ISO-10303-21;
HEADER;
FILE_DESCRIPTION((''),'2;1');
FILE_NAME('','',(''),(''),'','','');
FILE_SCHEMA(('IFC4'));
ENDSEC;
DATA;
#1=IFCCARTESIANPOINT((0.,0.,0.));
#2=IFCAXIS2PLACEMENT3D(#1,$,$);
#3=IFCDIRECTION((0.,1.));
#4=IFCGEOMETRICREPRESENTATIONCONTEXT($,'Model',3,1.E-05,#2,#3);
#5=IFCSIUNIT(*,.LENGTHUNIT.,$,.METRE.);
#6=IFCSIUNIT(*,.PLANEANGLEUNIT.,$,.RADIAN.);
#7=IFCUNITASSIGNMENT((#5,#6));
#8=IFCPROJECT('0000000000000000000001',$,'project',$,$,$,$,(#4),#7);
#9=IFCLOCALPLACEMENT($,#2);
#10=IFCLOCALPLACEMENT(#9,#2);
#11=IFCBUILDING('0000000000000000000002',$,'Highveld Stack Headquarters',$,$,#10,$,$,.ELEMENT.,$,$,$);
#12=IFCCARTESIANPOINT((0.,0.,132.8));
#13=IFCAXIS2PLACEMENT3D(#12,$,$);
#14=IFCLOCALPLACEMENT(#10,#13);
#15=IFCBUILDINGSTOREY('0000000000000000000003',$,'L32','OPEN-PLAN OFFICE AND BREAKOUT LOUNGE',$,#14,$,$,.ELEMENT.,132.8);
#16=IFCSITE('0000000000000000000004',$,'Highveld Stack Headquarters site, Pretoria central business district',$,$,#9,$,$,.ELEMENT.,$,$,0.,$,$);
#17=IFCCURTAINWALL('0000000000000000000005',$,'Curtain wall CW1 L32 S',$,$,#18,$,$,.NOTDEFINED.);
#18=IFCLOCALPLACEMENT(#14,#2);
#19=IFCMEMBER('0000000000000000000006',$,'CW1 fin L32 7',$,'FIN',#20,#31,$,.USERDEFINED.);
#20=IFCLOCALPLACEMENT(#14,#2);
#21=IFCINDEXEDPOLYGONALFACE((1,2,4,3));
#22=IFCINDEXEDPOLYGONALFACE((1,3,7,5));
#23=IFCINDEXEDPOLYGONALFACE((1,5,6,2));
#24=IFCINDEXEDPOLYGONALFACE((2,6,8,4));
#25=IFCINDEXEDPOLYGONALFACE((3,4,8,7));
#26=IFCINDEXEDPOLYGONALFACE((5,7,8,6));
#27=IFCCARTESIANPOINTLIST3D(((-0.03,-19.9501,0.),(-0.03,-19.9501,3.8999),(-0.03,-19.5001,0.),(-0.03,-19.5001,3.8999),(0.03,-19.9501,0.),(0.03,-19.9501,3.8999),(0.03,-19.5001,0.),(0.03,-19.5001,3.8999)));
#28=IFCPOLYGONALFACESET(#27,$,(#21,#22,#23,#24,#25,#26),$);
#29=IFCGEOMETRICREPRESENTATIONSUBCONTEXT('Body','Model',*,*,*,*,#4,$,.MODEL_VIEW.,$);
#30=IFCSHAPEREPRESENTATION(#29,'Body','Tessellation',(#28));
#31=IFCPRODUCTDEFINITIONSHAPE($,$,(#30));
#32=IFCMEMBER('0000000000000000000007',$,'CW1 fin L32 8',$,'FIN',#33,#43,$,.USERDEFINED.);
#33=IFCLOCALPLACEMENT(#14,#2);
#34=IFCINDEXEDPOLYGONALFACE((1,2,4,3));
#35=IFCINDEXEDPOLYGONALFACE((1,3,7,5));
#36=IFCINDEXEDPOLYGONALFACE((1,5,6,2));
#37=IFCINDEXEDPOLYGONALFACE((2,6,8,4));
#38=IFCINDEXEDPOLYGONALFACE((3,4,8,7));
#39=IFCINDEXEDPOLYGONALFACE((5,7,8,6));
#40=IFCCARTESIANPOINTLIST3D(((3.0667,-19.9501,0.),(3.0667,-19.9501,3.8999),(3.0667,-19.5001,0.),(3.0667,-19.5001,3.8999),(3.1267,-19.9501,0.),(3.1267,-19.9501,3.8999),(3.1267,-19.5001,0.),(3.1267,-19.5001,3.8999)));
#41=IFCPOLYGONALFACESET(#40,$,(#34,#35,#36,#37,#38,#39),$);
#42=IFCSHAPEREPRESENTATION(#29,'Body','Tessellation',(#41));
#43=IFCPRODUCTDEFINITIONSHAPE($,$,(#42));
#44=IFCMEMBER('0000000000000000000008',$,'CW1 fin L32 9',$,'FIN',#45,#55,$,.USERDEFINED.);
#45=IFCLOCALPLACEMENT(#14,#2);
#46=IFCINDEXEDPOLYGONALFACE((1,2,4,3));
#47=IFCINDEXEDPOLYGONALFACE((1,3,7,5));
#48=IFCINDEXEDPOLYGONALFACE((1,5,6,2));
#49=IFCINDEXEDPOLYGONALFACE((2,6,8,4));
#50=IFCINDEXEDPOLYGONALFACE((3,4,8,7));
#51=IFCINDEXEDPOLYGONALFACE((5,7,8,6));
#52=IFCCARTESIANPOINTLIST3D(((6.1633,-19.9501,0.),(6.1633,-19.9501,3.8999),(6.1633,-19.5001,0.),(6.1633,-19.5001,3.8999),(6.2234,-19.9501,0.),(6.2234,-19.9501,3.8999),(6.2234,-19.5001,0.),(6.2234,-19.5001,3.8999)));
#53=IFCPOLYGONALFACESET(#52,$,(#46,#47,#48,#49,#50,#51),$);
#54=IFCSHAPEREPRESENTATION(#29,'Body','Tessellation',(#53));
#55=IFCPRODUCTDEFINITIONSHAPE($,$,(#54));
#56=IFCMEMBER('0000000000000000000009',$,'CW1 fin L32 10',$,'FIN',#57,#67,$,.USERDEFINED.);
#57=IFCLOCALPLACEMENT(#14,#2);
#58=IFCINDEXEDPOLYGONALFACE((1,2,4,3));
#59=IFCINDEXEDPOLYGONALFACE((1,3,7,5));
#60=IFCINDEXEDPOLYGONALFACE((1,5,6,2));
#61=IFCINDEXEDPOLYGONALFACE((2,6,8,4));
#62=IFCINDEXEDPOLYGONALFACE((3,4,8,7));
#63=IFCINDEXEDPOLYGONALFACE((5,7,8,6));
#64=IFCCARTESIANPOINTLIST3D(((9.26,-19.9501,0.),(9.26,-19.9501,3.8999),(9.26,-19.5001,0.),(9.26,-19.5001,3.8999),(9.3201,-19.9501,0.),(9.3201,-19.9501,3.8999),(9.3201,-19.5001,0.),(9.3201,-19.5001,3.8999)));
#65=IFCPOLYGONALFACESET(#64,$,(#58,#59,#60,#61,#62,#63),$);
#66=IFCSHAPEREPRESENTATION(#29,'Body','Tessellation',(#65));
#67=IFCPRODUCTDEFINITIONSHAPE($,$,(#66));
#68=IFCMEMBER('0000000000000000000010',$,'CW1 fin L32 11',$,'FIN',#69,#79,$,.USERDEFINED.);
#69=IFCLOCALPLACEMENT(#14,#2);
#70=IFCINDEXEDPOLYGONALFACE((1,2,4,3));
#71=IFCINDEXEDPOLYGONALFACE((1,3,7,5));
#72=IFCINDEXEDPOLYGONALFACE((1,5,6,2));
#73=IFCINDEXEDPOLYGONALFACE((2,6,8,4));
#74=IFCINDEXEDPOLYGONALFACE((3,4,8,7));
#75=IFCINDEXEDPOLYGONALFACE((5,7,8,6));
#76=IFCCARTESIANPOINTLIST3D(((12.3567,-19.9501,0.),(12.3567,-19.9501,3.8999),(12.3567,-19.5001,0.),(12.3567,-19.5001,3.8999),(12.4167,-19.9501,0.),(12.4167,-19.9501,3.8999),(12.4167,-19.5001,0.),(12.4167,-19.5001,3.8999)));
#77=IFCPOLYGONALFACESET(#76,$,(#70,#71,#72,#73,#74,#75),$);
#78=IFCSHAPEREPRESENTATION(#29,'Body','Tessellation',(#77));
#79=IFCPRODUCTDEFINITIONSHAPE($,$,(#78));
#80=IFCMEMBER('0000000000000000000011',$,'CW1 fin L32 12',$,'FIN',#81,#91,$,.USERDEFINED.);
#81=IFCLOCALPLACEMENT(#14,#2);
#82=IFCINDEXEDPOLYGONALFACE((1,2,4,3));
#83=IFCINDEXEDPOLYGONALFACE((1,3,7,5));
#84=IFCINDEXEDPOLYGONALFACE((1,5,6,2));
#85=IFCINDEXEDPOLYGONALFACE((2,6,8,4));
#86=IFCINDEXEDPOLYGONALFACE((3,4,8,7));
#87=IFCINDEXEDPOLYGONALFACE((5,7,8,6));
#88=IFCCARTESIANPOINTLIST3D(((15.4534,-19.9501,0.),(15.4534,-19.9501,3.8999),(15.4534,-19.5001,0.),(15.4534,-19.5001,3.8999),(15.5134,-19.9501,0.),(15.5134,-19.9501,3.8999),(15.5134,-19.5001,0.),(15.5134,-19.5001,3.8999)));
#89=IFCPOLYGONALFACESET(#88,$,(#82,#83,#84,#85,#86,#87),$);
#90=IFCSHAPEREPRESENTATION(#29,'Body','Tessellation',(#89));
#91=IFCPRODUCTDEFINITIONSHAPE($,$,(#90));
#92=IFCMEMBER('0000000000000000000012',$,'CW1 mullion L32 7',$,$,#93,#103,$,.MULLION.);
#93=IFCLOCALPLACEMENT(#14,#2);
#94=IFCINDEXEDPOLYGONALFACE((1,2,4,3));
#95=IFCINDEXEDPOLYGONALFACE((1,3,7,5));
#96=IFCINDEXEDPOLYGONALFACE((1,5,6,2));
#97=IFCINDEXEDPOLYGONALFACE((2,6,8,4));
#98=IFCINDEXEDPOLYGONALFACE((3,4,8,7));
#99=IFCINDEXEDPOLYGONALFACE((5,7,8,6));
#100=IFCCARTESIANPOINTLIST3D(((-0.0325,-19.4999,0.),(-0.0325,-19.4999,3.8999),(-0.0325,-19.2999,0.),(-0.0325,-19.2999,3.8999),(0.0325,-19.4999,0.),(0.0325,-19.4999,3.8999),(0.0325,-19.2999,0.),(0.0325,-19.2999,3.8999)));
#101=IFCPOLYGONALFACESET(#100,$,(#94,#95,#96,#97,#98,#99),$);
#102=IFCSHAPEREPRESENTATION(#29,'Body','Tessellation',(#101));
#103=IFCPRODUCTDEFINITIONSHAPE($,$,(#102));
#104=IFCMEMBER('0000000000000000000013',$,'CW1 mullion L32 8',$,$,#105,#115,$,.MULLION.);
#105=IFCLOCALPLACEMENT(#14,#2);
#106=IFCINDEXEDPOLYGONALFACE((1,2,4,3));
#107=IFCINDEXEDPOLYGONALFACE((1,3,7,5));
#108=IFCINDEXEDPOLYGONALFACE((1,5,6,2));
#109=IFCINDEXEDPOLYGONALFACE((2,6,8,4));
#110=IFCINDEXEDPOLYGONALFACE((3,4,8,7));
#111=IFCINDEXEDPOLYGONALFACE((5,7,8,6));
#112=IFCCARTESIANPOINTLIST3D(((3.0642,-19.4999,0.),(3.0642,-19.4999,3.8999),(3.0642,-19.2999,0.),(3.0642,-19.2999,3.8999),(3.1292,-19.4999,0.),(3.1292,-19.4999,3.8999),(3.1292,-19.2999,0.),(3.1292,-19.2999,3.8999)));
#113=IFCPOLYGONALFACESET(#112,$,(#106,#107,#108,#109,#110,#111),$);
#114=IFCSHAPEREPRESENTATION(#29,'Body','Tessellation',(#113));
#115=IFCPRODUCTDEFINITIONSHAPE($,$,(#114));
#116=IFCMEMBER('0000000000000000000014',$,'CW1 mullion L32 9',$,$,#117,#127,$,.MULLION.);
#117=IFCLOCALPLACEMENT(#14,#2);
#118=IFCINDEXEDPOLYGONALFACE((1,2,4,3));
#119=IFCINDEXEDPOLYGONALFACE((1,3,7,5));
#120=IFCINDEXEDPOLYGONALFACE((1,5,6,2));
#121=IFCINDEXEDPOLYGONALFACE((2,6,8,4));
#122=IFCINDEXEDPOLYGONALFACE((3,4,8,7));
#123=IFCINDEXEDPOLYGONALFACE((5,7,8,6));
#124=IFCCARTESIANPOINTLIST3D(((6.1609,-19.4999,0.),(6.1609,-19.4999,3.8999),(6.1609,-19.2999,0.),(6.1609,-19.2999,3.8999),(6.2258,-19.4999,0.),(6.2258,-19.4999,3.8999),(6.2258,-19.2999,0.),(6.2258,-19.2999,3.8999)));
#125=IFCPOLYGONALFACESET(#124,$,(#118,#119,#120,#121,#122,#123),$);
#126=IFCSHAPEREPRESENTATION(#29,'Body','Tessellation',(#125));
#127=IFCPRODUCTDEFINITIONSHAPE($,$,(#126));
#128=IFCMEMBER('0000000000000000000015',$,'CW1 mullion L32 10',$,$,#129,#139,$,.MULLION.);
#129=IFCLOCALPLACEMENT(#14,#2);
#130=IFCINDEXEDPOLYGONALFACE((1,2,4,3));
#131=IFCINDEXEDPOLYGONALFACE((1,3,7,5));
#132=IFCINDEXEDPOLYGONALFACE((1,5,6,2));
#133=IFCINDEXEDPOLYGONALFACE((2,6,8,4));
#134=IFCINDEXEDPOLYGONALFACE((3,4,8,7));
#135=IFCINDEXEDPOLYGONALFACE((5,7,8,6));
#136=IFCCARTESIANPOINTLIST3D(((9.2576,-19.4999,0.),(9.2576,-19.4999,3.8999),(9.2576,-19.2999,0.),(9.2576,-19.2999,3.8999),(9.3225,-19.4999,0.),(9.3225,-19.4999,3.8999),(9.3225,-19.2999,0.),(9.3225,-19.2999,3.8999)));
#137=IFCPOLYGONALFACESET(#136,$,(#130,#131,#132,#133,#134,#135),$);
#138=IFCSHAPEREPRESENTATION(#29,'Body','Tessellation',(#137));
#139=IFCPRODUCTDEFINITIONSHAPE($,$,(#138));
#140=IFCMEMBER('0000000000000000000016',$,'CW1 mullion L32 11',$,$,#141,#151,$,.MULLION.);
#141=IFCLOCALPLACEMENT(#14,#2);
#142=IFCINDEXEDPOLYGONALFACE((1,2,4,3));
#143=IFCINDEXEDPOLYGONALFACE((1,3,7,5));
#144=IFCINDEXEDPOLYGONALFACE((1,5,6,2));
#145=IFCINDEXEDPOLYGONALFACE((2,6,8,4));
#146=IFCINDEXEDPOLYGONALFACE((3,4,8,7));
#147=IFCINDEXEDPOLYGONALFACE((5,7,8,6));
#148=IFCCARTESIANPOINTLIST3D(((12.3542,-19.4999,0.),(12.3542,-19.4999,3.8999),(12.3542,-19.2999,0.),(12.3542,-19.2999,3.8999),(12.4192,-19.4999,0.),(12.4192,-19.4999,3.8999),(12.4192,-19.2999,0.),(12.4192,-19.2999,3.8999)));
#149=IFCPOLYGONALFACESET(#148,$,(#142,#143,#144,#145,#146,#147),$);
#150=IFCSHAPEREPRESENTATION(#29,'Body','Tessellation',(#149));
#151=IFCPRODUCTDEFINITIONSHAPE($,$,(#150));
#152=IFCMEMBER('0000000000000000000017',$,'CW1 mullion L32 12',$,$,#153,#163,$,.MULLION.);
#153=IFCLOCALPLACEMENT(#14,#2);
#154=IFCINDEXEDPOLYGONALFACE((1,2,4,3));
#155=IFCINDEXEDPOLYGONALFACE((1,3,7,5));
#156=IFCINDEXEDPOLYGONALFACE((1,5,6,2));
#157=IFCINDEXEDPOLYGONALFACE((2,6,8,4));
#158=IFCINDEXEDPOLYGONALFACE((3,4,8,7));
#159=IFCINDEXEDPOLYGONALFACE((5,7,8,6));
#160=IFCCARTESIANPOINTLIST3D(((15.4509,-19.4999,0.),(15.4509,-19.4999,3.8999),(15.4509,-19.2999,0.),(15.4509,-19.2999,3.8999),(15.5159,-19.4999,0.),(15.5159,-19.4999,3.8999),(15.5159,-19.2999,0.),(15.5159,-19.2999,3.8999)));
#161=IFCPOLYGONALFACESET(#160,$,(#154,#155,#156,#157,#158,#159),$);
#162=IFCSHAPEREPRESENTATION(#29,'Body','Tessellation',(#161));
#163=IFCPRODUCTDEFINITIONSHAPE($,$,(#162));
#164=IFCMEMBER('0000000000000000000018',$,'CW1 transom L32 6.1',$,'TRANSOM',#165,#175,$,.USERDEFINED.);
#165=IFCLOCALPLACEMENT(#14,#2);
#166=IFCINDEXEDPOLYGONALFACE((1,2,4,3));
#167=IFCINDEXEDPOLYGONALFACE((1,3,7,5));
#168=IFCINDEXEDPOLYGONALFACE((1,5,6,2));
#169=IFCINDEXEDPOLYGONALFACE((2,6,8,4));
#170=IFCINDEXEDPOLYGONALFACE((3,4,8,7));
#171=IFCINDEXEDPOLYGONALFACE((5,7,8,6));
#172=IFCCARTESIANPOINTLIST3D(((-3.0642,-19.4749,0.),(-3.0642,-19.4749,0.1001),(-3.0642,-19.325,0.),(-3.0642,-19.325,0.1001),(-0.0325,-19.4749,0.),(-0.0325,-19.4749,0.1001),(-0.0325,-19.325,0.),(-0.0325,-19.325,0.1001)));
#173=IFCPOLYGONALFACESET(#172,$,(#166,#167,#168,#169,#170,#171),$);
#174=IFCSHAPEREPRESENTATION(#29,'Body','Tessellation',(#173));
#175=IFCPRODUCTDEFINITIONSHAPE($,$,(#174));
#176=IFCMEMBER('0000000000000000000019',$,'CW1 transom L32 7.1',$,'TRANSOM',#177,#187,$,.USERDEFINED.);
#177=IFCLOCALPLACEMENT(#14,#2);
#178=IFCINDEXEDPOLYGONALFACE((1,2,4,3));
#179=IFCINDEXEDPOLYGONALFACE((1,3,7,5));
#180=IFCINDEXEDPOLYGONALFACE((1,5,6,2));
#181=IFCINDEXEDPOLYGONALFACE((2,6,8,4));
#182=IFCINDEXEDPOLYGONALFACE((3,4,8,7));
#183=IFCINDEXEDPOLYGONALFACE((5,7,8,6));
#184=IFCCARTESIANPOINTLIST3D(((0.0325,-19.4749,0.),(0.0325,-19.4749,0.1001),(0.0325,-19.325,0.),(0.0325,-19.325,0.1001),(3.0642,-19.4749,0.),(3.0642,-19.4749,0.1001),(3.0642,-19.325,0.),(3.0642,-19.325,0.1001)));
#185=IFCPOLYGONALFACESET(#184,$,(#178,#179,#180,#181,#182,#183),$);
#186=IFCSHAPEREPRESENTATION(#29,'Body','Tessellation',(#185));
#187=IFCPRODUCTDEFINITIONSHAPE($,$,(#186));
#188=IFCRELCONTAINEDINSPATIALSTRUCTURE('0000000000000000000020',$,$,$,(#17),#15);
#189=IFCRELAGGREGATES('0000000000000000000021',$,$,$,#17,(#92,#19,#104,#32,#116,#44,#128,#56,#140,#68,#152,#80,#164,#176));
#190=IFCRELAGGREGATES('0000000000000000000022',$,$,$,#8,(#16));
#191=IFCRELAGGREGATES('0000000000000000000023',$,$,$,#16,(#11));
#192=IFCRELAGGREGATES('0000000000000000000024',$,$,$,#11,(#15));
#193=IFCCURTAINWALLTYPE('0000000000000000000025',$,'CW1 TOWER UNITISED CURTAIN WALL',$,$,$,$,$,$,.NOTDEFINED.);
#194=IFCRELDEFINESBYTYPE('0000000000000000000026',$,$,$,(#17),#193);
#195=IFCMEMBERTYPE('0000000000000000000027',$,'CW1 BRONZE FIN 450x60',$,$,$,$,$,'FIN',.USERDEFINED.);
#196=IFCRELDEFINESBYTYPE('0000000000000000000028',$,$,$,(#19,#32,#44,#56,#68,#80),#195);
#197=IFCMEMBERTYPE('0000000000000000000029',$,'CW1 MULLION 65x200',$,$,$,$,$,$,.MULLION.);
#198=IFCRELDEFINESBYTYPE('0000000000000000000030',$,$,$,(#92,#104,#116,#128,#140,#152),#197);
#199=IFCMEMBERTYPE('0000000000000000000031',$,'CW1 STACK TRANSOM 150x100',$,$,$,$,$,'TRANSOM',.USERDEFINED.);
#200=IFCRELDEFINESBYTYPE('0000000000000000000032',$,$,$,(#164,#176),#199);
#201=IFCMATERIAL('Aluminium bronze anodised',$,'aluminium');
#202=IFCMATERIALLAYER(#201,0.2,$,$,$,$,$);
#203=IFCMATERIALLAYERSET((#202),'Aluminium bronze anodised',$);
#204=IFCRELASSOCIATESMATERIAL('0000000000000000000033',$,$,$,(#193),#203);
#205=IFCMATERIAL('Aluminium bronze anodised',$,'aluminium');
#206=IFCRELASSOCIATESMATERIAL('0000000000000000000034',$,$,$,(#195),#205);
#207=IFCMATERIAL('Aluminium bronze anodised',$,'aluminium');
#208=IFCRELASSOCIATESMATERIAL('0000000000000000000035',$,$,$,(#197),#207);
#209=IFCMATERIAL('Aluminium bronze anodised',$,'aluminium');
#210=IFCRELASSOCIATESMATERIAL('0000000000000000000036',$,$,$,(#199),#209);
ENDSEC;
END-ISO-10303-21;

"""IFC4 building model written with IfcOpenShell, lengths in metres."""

from ifc_helpers import new_model, si_unit, direction, frame, origin, origin_2d, place, context, subcontext, project, spatial, rectangle, extrude, material, layer, layer_set, material_profile, profile_set, type_object, element, aggregate, save


model = new_model("IFC4")

# Units and contexts
model_context = context("Model", 3, precision=1e-05, world=origin(), true_north=direction((0.0, 1.0)))
body_context = subcontext(model_context, "Body", "Model", "MODEL_VIEW")
ifc_project = project(units=[si_unit("LENGTHUNIT", "METRE"), si_unit("PLANEANGLEUNIT", "RADIAN")], contexts=[model_context])

# Site, building, storey
site_placement = place(None, origin())
site = spatial("IfcSite", under=ifc_project, at=site_placement, Name="Highveld Stack Headquarters site, Pretoria central business district", CompositionType="ELEMENT", RefElevation=0.0)
building_placement = place(site_placement, origin())
building = spatial("IfcBuilding", under=site, at=building_placement, Name="Highveld Stack Headquarters", CompositionType="ELEMENT")
storey_placement = place(building_placement, frame((0.0, 0.0, 132.8)))
storey = spatial("IfcBuildingStorey", under=building, at=storey_placement, Name="L32", Description="OPEN-PLAN OFFICE AND BREAKOUT LOUNGE", CompositionType="ELEMENT", Elevation=132.8)

# Curtain wall, members
ifc_material_1 = material(Name="Aluminium bronze anodised", Category="aluminium")
ifc_layer_1 = layer(ifc_material_1, 0.2)
ifc_layer_set_1 = layer_set([ifc_layer_1], Name="Aluminium bronze anodised")
curtain_wall_type = type_object("IfcCurtainWallType", Name="CW1 TOWER UNITISED CURTAIN WALL", PredefinedType="NOTDEFINED", material=ifc_layer_set_1)
curtain_wall_placement = place(storey_placement, origin())
curtain_wall = element("IfcCurtainWall", 1, at=curtain_wall_placement, inside=storey, type_object=curtain_wall_type, Name="Curtain wall CW1 L32 S", PredefinedType="NOTDEFINED")
ifc_material_2 = material(Name="Aluminium bronze anodised", Category="aluminium")
ifc_material_profile_1 = material_profile(ifc_material_2, rectangle(XDim=0.45, YDim=0.0601, at=origin_2d()), Name="FIN 450x60")
ifc_profile_set_1 = profile_set([ifc_material_profile_1], Name="Aluminium bronze anodised")
member_type_1 = type_object("IfcMemberType", Name="CW1 BRONZE FIN 450x60", ElementType="FIN", PredefinedType="USERDEFINED", material=ifc_profile_set_1)
member_1_placement = place(storey_placement, frame((0.0, -19.7251, 0.0), z_axis=(0.0, 0.0, 1.0), x_axis=(0.0, 1.0, 0.0)))
member_1 = element("IfcMember", 2, at=member_1_placement, type_object=member_type_1, Name="CW1 fin L32 7", ObjectType="FIN", PredefinedType="USERDEFINED", context=body_context, shape_type="SweptSolid", body=[
    extrude(rectangle(XDim=0.45, YDim=0.0601, at=origin_2d()), origin(), (0.0, 0.0, 1.0), 3.8999),
])
member_2_placement = place(storey_placement, frame((3.0967, -19.7251, 0.0), z_axis=(0.0, 0.0, 1.0), x_axis=(0.0, 1.0, 0.0)))
member_2 = element("IfcMember", 3, at=member_2_placement, type_object=member_type_1, Name="CW1 fin L32 8", ObjectType="FIN", PredefinedType="USERDEFINED", context=body_context, shape_type="SweptSolid", body=[
    extrude(rectangle(XDim=0.45, YDim=0.0601, at=origin_2d()), origin(), (0.0, 0.0, 1.0), 3.8999),
])
member_3_placement = place(storey_placement, frame((6.1934, -19.7251, 0.0), z_axis=(0.0, 0.0, 1.0), x_axis=(0.0, 1.0, 0.0)))
member_3 = element("IfcMember", 4, at=member_3_placement, type_object=member_type_1, Name="CW1 fin L32 9", ObjectType="FIN", PredefinedType="USERDEFINED", context=body_context, shape_type="SweptSolid", body=[
    extrude(rectangle(XDim=0.45, YDim=0.0601, at=origin_2d()), origin(), (0.0, 0.0, 1.0), 3.8999),
])
member_4_placement = place(storey_placement, frame((9.29, -19.7251, 0.0), z_axis=(0.0, 0.0, 1.0), x_axis=(0.0, 1.0, 0.0)))
member_4 = element("IfcMember", 5, at=member_4_placement, type_object=member_type_1, Name="CW1 fin L32 10", ObjectType="FIN", PredefinedType="USERDEFINED", context=body_context, shape_type="SweptSolid", body=[
    extrude(rectangle(XDim=0.45, YDim=0.0601, at=origin_2d()), origin(), (0.0, 0.0, 1.0), 3.8999),
])
member_5_placement = place(storey_placement, frame((12.3867, -19.7251, 0.0), z_axis=(0.0, 0.0, 1.0), x_axis=(0.0, 1.0, 0.0)))
member_5 = element("IfcMember", 6, at=member_5_placement, type_object=member_type_1, Name="CW1 fin L32 11", ObjectType="FIN", PredefinedType="USERDEFINED", context=body_context, shape_type="SweptSolid", body=[
    extrude(rectangle(XDim=0.45, YDim=0.0601, at=origin_2d()), origin(), (0.0, 0.0, 1.0), 3.8999),
])
member_6_placement = place(storey_placement, frame((15.4834, -19.7251, 0.0), z_axis=(0.0, 0.0, 1.0), x_axis=(0.0, 1.0, 0.0)))
member_6 = element("IfcMember", 7, at=member_6_placement, type_object=member_type_1, Name="CW1 fin L32 12", ObjectType="FIN", PredefinedType="USERDEFINED", context=body_context, shape_type="SweptSolid", body=[
    extrude(rectangle(XDim=0.45, YDim=0.0601, at=origin_2d()), origin(), (0.0, 0.0, 1.0), 3.8999),
])
ifc_material_3 = material(Name="Aluminium bronze anodised", Category="aluminium")
ifc_material_profile_2 = material_profile(ifc_material_3, rectangle(XDim=0.2, YDim=0.0649, at=origin_2d()), Name="CW1 MULLION 65x200")
ifc_profile_set_2 = profile_set([ifc_material_profile_2], Name="Aluminium bronze anodised")
member_type_2 = type_object("IfcMemberType", Name="CW1 MULLION 65x200", PredefinedType="MULLION", material=ifc_profile_set_2)
member_7_placement = place(storey_placement, frame((0.0, -19.3999, 0.0), z_axis=(0.0, 0.0, 1.0), x_axis=(0.0, 1.0, 0.0)))
member_7 = element("IfcMember", 8, at=member_7_placement, type_object=member_type_2, Name="CW1 mullion L32 7", PredefinedType="MULLION", context=body_context, shape_type="SweptSolid", body=[
    extrude(rectangle(XDim=0.2, YDim=0.0649, at=origin_2d()), origin(), (0.0, 0.0, 1.0), 3.8999),
])
member_8_placement = place(storey_placement, frame((3.0967, -19.3999, 0.0), z_axis=(0.0, 0.0, 1.0), x_axis=(0.0, 1.0, 0.0)))
member_8 = element("IfcMember", 9, at=member_8_placement, type_object=member_type_2, Name="CW1 mullion L32 8", PredefinedType="MULLION", context=body_context, shape_type="SweptSolid", body=[
    extrude(rectangle(XDim=0.2, YDim=0.0649, at=origin_2d()), origin(), (0.0, 0.0, 1.0), 3.8999),
])
member_9_placement = place(storey_placement, frame((6.1934, -19.3999, 0.0), z_axis=(0.0, 0.0, 1.0), x_axis=(0.0, 1.0, 0.0)))
member_9 = element("IfcMember", 10, at=member_9_placement, type_object=member_type_2, Name="CW1 mullion L32 9", PredefinedType="MULLION", context=body_context, shape_type="SweptSolid", body=[
    extrude(rectangle(XDim=0.2, YDim=0.0649, at=origin_2d()), origin(), (0.0, 0.0, 1.0), 3.8999),
])
member_10_placement = place(storey_placement, frame((9.29, -19.3999, 0.0), z_axis=(0.0, 0.0, 1.0), x_axis=(0.0, 1.0, 0.0)))
member_10 = element("IfcMember", 11, at=member_10_placement, type_object=member_type_2, Name="CW1 mullion L32 10", PredefinedType="MULLION", context=body_context, shape_type="SweptSolid", body=[
    extrude(rectangle(XDim=0.2, YDim=0.0649, at=origin_2d()), origin(), (0.0, 0.0, 1.0), 3.8999),
])
member_11_placement = place(storey_placement, frame((12.3867, -19.3999, 0.0), z_axis=(0.0, 0.0, 1.0), x_axis=(0.0, 1.0, 0.0)))
member_11 = element("IfcMember", 12, at=member_11_placement, type_object=member_type_2, Name="CW1 mullion L32 11", PredefinedType="MULLION", context=body_context, shape_type="SweptSolid", body=[
    extrude(rectangle(XDim=0.2, YDim=0.0649, at=origin_2d()), origin(), (0.0, 0.0, 1.0), 3.8999),
])
member_12_placement = place(storey_placement, frame((15.4834, -19.3999, 0.0), z_axis=(0.0, 0.0, 1.0), x_axis=(0.0, 1.0, 0.0)))
member_12 = element("IfcMember", 13, at=member_12_placement, type_object=member_type_2, Name="CW1 mullion L32 12", PredefinedType="MULLION", context=body_context, shape_type="SweptSolid", body=[
    extrude(rectangle(XDim=0.2, YDim=0.0649, at=origin_2d()), origin(), (0.0, 0.0, 1.0), 3.8999),
])
ifc_material_4 = material(Name="Aluminium bronze anodised", Category="aluminium")
ifc_material_profile_3 = material_profile(ifc_material_4, rectangle(XDim=0.1499, YDim=0.1001, at=origin_2d()), Name="CW1 TRANSOM 150x100")
ifc_profile_set_3 = profile_set([ifc_material_profile_3], Name="Aluminium bronze anodised")
member_type_3 = type_object("IfcMemberType", Name="CW1 STACK TRANSOM 150x100", ElementType="TRANSOM", PredefinedType="USERDEFINED", material=ifc_profile_set_3)
member_13_placement = place(storey_placement, frame((-3.0642, -19.3999, 0.05), z_axis=(1.0, 0.0, 0.0), x_axis=(0.0, 1.0, 0.0)))
member_13 = element("IfcMember", 14, at=member_13_placement, type_object=member_type_3, Name="CW1 transom L32 6.1", ObjectType="TRANSOM", PredefinedType="USERDEFINED", context=body_context, shape_type="SweptSolid", body=[
    extrude(rectangle(XDim=0.1499, YDim=0.1001, at=origin_2d()), origin(), (0.0, 0.0, 1.0), 3.0317),
])
member_14_placement = place(storey_placement, frame((0.0325, -19.3999, 0.05), z_axis=(1.0, 0.0, 0.0), x_axis=(0.0, 1.0, 0.0)))
member_14 = element("IfcMember", 15, at=member_14_placement, type_object=member_type_3, Name="CW1 transom L32 7.1", ObjectType="TRANSOM", PredefinedType="USERDEFINED", context=body_context, shape_type="SweptSolid", body=[
    extrude(rectangle(XDim=0.1499, YDim=0.1001, at=origin_2d()), origin(), (0.0, 0.0, 1.0), 3.0317),
])
aggregate(curtain_wall, [member_7, member_1, member_8, member_2, member_9, member_3, member_10, member_4, member_11, member_5, member_12, member_6, member_13, member_14])

save(model, "model.ifc")
